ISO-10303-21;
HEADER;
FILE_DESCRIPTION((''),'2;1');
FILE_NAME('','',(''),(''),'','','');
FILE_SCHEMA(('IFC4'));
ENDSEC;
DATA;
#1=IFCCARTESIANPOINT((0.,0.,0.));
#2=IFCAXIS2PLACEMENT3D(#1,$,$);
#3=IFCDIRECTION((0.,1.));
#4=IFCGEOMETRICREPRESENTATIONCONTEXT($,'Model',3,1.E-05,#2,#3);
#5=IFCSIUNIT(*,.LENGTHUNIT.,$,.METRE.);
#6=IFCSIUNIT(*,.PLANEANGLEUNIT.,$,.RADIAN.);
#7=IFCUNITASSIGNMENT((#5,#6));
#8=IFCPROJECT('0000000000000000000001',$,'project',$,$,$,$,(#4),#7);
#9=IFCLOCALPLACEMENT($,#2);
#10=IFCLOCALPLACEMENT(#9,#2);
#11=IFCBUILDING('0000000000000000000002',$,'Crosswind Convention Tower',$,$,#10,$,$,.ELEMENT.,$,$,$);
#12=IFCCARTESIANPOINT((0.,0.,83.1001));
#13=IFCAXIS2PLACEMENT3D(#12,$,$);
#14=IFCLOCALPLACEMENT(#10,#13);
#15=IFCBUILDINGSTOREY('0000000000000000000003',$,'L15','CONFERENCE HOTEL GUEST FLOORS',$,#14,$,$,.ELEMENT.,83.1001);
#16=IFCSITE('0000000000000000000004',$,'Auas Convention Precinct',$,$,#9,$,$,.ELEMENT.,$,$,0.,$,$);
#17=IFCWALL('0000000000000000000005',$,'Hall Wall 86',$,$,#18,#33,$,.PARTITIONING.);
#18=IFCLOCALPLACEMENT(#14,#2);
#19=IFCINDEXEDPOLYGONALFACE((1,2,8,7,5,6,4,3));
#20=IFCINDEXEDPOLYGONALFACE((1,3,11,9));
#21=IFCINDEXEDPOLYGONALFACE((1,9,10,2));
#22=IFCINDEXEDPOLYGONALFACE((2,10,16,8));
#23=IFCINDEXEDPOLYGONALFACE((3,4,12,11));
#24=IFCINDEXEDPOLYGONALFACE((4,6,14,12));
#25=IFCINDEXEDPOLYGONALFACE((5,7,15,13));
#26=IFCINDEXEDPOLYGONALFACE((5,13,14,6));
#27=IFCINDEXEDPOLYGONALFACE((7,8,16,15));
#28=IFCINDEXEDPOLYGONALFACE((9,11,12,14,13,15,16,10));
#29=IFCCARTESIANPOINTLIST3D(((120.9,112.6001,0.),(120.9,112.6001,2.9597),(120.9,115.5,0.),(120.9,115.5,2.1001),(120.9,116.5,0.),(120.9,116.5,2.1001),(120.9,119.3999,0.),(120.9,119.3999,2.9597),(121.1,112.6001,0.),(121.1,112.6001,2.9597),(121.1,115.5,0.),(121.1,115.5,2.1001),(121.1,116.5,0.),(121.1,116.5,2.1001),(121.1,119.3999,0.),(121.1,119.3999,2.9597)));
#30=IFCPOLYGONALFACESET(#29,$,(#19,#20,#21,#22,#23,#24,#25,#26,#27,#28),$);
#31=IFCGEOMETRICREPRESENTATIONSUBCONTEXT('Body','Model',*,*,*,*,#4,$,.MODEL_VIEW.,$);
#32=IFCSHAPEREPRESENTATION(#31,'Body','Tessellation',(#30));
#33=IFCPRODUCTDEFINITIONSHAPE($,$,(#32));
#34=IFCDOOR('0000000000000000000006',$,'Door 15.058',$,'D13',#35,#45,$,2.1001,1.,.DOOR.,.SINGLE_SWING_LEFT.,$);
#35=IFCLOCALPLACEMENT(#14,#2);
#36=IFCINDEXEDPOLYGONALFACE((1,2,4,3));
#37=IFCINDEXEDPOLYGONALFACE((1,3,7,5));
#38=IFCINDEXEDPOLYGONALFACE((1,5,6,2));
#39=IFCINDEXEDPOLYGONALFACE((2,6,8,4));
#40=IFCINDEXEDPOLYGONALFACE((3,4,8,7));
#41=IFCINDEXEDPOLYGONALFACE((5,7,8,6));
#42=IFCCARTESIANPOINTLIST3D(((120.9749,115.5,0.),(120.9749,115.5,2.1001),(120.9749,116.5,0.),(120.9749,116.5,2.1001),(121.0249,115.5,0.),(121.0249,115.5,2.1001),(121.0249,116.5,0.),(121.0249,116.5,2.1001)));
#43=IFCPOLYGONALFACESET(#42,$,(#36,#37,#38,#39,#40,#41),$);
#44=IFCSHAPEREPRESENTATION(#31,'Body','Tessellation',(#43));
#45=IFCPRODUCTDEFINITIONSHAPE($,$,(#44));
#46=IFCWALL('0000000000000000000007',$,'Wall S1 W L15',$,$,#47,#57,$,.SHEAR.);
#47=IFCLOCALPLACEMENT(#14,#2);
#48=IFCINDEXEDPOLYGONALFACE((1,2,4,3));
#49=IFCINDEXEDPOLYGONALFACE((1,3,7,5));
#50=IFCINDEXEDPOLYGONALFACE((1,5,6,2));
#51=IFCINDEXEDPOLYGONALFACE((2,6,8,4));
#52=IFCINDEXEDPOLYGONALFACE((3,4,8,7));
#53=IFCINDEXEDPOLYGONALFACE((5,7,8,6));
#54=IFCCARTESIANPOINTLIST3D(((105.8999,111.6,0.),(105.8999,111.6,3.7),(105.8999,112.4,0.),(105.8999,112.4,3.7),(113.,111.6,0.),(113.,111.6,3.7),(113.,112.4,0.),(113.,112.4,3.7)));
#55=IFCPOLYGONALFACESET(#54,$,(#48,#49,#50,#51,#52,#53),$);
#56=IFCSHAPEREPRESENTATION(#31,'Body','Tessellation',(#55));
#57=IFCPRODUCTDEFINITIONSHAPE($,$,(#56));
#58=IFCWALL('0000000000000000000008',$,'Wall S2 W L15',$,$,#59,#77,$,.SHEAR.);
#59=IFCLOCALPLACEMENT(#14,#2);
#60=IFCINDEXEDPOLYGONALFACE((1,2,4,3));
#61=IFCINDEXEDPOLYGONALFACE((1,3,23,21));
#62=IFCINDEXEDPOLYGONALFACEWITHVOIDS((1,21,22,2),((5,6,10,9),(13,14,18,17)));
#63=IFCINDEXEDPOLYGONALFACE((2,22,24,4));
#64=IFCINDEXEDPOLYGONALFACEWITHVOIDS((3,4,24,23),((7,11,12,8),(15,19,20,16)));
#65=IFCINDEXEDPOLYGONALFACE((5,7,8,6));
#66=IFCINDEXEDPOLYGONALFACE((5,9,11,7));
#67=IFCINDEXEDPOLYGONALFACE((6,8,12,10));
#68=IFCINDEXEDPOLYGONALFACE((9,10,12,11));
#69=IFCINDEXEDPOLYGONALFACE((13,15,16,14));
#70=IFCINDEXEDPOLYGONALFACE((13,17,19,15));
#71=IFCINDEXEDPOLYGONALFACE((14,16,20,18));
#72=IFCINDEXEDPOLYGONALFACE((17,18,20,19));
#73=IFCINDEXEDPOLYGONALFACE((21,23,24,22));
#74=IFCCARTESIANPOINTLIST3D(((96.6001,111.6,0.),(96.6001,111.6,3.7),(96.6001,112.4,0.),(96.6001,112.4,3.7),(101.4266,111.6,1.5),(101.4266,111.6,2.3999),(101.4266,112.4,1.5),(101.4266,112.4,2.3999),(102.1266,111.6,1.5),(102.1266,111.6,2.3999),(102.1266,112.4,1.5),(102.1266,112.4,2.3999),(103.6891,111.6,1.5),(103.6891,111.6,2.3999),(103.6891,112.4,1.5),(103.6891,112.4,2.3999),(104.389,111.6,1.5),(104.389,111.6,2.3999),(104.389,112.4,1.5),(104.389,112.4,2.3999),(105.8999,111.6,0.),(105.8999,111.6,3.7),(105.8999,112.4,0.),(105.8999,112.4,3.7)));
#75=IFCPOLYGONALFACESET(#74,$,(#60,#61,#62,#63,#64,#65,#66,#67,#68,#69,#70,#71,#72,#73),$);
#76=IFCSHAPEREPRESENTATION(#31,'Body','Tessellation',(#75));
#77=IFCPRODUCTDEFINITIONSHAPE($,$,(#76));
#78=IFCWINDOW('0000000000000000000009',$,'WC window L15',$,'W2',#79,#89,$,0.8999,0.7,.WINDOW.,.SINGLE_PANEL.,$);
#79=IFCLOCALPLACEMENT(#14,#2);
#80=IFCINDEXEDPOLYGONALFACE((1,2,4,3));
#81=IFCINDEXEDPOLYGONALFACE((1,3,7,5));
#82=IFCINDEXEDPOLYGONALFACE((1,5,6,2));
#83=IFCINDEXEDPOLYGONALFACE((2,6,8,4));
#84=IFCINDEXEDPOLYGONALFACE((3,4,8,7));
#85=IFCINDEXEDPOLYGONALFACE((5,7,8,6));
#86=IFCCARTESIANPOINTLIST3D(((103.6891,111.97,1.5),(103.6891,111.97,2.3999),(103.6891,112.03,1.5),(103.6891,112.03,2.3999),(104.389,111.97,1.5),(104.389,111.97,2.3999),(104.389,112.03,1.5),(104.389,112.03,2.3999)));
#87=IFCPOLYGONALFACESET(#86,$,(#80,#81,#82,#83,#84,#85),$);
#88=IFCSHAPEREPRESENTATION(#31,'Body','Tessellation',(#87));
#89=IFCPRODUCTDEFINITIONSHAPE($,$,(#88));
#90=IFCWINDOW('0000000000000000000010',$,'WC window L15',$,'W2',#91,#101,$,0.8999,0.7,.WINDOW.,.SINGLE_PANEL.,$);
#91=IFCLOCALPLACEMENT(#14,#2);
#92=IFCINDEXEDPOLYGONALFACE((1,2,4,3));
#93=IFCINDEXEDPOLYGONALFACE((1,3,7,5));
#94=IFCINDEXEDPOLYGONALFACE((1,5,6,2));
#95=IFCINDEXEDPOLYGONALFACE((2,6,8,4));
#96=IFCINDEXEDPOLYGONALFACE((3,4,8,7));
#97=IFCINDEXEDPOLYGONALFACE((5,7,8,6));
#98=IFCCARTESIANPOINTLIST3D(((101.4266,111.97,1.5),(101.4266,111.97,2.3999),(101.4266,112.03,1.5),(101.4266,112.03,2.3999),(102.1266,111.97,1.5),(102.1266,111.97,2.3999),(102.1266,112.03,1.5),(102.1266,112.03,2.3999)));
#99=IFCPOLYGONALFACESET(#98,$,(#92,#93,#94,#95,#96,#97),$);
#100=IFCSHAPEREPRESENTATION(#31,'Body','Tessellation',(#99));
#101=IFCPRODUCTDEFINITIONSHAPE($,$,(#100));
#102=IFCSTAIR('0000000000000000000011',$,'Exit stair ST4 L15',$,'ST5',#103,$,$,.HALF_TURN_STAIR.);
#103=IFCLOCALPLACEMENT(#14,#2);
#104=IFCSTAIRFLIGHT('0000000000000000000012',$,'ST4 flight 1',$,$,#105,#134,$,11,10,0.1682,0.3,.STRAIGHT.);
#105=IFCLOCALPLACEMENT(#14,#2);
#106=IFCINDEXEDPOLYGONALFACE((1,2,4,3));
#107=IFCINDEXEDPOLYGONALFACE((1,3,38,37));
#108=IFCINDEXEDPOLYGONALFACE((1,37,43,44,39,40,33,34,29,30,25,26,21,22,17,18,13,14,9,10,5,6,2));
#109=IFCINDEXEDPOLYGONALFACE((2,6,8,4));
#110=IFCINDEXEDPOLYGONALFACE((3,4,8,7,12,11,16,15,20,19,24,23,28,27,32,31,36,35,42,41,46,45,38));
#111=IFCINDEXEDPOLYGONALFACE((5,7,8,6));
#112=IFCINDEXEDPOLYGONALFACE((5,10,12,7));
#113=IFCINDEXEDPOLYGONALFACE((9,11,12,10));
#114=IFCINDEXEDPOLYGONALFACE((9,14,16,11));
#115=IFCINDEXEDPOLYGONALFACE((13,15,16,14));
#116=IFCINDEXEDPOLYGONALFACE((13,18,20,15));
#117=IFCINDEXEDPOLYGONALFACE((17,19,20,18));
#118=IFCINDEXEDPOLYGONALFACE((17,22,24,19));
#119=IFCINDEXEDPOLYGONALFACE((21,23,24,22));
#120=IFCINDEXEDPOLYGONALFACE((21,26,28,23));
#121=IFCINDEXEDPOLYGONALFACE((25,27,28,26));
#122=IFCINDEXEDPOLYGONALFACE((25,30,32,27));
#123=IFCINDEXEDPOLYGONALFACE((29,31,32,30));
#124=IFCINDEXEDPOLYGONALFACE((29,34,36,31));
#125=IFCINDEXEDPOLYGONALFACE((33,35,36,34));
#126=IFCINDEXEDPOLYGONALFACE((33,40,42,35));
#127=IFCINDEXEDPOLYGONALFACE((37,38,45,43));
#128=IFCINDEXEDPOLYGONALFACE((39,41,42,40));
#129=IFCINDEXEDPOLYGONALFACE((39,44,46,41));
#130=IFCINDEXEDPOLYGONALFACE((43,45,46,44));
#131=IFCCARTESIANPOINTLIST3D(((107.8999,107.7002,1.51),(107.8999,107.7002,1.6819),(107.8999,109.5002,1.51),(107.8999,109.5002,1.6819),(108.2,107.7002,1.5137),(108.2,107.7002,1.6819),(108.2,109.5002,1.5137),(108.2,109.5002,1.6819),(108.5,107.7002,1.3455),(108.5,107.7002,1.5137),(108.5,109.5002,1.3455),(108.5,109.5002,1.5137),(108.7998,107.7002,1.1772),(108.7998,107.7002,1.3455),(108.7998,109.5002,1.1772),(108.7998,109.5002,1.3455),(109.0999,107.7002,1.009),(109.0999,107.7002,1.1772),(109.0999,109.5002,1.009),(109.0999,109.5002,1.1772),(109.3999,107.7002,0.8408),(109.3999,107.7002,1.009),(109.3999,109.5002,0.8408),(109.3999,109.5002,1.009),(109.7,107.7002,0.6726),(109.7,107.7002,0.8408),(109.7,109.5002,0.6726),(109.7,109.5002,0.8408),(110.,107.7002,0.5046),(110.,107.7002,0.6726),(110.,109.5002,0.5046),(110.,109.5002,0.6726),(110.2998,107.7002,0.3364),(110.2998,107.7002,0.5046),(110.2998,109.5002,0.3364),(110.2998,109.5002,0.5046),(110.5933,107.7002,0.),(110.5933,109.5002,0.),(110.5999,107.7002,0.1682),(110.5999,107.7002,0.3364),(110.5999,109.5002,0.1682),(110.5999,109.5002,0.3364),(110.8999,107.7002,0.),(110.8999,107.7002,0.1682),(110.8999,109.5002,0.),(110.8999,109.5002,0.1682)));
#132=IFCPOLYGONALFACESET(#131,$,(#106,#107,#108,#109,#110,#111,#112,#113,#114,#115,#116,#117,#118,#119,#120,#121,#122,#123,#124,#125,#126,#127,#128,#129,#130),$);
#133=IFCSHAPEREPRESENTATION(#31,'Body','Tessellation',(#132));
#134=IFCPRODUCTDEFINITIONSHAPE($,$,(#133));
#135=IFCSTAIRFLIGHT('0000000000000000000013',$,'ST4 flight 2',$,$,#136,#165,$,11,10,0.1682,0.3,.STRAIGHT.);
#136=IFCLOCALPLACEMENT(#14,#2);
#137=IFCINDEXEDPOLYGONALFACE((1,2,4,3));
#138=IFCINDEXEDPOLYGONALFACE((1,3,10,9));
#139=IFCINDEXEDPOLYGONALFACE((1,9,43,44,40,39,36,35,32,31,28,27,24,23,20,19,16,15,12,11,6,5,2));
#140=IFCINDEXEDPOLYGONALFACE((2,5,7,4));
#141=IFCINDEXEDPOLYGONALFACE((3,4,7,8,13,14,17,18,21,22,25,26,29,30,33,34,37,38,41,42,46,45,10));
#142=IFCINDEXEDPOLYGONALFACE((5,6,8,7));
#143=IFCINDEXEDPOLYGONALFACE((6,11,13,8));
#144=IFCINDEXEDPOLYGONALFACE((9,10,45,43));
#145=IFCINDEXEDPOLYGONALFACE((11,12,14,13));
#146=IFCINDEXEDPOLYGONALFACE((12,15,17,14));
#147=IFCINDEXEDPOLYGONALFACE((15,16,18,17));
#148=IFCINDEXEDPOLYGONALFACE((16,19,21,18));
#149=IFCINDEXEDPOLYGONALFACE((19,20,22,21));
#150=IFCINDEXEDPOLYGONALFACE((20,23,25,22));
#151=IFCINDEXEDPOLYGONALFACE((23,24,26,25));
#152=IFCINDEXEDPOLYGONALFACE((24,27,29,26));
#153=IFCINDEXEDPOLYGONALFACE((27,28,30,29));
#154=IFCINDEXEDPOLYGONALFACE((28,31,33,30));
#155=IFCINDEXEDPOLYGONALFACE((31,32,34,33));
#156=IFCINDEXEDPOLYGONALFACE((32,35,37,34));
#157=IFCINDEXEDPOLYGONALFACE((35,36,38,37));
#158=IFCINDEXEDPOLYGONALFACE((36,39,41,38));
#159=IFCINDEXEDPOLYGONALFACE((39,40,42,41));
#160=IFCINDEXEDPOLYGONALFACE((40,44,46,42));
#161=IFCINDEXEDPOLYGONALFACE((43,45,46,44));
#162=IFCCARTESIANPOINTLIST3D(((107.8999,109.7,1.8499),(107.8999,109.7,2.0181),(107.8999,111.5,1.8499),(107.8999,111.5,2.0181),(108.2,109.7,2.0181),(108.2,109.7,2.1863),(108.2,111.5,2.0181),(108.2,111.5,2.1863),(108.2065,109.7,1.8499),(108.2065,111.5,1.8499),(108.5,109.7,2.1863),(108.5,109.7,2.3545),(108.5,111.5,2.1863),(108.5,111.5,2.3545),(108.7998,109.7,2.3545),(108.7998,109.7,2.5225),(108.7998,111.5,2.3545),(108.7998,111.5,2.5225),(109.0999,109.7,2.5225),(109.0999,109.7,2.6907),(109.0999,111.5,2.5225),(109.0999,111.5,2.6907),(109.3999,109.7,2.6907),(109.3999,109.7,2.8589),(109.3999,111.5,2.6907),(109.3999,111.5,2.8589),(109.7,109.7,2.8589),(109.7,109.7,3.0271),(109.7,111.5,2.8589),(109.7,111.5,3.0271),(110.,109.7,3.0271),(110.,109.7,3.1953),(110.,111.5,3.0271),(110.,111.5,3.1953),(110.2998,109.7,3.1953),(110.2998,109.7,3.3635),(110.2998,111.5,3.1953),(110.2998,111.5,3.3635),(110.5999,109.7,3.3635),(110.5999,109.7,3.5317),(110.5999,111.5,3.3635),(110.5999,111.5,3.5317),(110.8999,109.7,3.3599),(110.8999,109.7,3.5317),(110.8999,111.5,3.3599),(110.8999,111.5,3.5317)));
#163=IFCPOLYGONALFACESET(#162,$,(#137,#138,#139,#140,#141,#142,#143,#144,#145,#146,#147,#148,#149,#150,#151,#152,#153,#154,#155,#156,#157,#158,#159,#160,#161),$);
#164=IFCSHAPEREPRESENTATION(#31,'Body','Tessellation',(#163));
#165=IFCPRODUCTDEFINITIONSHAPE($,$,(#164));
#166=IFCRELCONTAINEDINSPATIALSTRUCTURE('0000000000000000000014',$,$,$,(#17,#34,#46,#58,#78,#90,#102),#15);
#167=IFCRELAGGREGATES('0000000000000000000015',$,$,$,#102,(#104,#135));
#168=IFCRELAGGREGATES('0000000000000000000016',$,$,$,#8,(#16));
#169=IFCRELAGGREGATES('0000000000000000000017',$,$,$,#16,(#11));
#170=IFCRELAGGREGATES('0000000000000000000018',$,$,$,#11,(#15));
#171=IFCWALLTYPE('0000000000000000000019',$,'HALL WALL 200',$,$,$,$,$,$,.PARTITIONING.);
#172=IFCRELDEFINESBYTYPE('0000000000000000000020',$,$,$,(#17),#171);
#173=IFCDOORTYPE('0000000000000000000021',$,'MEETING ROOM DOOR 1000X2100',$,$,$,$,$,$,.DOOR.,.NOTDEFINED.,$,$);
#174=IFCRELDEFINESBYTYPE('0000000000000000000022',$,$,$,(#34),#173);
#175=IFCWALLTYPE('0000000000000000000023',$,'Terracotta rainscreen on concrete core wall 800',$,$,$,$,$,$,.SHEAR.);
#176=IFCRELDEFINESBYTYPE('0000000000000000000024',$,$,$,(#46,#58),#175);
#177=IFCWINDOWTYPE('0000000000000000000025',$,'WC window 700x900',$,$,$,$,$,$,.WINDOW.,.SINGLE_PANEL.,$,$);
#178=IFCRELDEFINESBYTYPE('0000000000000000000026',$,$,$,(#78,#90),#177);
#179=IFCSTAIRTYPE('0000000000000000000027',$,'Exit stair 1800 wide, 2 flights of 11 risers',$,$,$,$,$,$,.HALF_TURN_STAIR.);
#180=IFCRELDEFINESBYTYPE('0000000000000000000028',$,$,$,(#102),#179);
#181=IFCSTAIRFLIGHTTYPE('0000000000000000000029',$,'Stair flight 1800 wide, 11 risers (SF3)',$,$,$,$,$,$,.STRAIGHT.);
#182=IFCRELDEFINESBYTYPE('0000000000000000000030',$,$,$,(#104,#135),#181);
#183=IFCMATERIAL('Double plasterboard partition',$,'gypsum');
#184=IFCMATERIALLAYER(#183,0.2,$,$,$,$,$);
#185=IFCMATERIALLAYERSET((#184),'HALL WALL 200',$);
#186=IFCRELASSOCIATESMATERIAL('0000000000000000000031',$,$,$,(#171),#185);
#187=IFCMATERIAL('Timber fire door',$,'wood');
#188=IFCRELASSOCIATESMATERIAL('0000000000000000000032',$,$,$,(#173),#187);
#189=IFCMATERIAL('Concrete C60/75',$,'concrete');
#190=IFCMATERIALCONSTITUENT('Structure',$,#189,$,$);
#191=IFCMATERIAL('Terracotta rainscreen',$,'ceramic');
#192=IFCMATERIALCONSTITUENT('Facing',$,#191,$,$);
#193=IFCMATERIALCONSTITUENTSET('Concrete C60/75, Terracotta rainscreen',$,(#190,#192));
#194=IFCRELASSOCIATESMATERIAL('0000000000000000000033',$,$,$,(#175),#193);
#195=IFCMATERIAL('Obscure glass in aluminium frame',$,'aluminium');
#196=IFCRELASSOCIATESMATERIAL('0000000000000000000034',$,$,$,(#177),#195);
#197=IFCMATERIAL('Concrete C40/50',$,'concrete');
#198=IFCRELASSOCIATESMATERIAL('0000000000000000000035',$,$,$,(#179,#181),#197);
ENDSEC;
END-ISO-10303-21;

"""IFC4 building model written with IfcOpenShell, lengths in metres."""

from ifc_helpers import new_model, si_unit, direction, frame, frame_2d, origin, place, context, subcontext, project, spatial, polyline, rectangle, outline, extrude, material, layer, layer_set, constituent, constituent_set, type_object, element, fill, aggregate, save


model = new_model("IFC4")

# Units and contexts
model_context = context("Model", 3, precision=1e-05, world=origin(), true_north=direction((0.0, 1.0)))
body_context = subcontext(model_context, "Body", "Model", "MODEL_VIEW")
ifc_project = project(units=[si_unit("LENGTHUNIT", "METRE"), si_unit("PLANEANGLEUNIT", "RADIAN")], contexts=[model_context])

# Site, building, storey
site_placement = place(None, origin())
site = spatial("IfcSite", under=ifc_project, at=site_placement, Name="Auas Convention Precinct", CompositionType="ELEMENT", RefElevation=0.0)
building_placement = place(site_placement, origin())
building = spatial("IfcBuilding", under=site, at=building_placement, Name="Crosswind Convention Tower", CompositionType="ELEMENT")
storey_placement = place(building_placement, frame((0.0, 0.0, 83.1001)))
storey = spatial("IfcBuildingStorey", under=building, at=storey_placement, Name="L15", Description="CONFERENCE HOTEL GUEST FLOORS", CompositionType="ELEMENT", Elevation=83.1001)

# Wall, opening, door
ifc_material_1 = material(Name="Timber fire door", Category="wood")
ifc_material_2 = material(Name="Double plasterboard partition", Category="gypsum")
ifc_layer_1 = layer(ifc_material_2, 0.2)
ifc_layer_set_1 = layer_set([ifc_layer_1], Name="HALL WALL 200")
wall_type_1 = type_object("IfcWallType", Name="HALL WALL 200", PredefinedType="PARTITIONING", material=ifc_layer_set_1)
wall_1_placement = place(storey_placement, frame((121.0, 112.6001, 0.0), z_axis=(0.0, 0.0, 1.0), x_axis=(0.0, 1.0, 0.0)))
wall_1 = element("IfcWall", 1, at=wall_1_placement, inside=storey, type_object=wall_type_1, Name="Hall Wall 86", PredefinedType="PARTITIONING", context=body_context, shape_type="SweptSolid", body=[
    extrude(rectangle(XDim=6.7998, YDim=0.2, at=frame_2d((3.3999, 0.0))), origin(), (0.0, 0.0, 1.0), 2.9597),
])
opening_1_placement = place(wall_1_placement, frame((2.8999, 0.0, 0.0)))
opening_1 = element("IfcOpeningElement", 2, at=opening_1_placement, cuts=wall_1, PredefinedType="OPENING", context=body_context, shape_type="SweptSolid", body=[
    extrude(rectangle(XDim=1.0, YDim=2.1001, at=frame_2d((0.5, 1.05))), frame((0.0, 0.1099, 0.0), z_axis=(0.0, -1.0, 0.0), x_axis=(1.0, 0.0, 0.0)), (0.0, 0.0, 1.0), 0.22),
])
door_type_1 = type_object("IfcDoorType", Name="MEETING ROOM DOOR 1000X2100", OperationType="NOTDEFINED", PredefinedType="DOOR", material=ifc_material_1)
door_1_placement = place(opening_1_placement, frame((1.0, 0.0, 0.0), z_axis=(0.0, 0.0, 1.0), x_axis=(-1.0, 0.0, 0.0)))
door_1 = element("IfcDoor", 3, at=door_1_placement, inside=storey, type_object=door_type_1, Name="Door 15.058", ObjectType="D13", OperationType="SINGLE_SWING_LEFT", OverallHeight=2.1001, OverallWidth=1.0, PredefinedType="DOOR", context=body_context, shape_type="SweptSolid", body=[
    extrude(rectangle(XDim=1.0, YDim=2.1001, at=frame_2d((0.5, 1.05))), frame((0.0, 0.0249, 0.0), z_axis=(0.0, -1.0, 0.0), x_axis=(1.0, 0.0, 0.0)), (0.0, 0.0, 1.0), 0.05),
])
fill(opening_1, door_1)

# Wall
ifc_material_3 = material(Name="Concrete C60/75", Category="concrete")
ifc_constituent_1 = constituent(ifc_material_3, Name="Structure")
ifc_material_4 = material(Name="Terracotta rainscreen", Category="ceramic")
ifc_constituent_2 = constituent(ifc_material_4, Name="Facing")
ifc_constituent_set = constituent_set(constituents=[ifc_constituent_1, ifc_constituent_2], Name="Concrete C60/75, Terracotta rainscreen")
wall_type_2 = type_object("IfcWallType", Name="Terracotta rainscreen on concrete core wall 800", PredefinedType="SHEAR", material=ifc_constituent_set)
wall_2_placement = place(storey_placement, frame((113.0, 112.0, 0.0), z_axis=(0.0, 0.0, 1.0), x_axis=(-1.0, 0.0, 0.0)))
element("IfcWall", 4, at=wall_2_placement, inside=storey, type_object=wall_type_2, Name="Wall S1 W L15", PredefinedType="SHEAR", context=body_context, shape_type="SweptSolid", body=[
    extrude(rectangle(XDim=7.1001, YDim=0.8, at=frame_2d((3.55, 0.0))), origin(), (0.0, 0.0, 1.0), 3.7),
])

# Wall, openings, windows
wall_3_placement = place(storey_placement, frame((105.8999, 112.0, 0.0), z_axis=(0.0, 0.0, 1.0), x_axis=(-1.0, 0.0, 0.0)))
wall_3 = element("IfcWall", 5, at=wall_3_placement, inside=storey, type_object=wall_type_2, Name="Wall S2 W L15", PredefinedType="SHEAR", context=body_context, shape_type="SweptSolid", body=[
    extrude(rectangle(XDim=9.2998, YDim=0.8, at=frame_2d((4.6499, 0.0))), origin(), (0.0, 0.0, 1.0), 3.7),
])
opening_2_placement = place(wall_3_placement, frame((1.5107, 0.0, 1.5)))
opening_2 = element("IfcOpeningElement", 6, at=opening_2_placement, cuts=wall_3, PredefinedType="OPENING", context=body_context, shape_type="SweptSolid", body=[
    extrude(rectangle(XDim=0.7, YDim=0.8999, at=frame_2d((0.3501, 0.45))), frame((0.0, 0.4099, 0.0), z_axis=(0.0, -1.0, 0.0), x_axis=(1.0, 0.0, 0.0)), (0.0, 0.0, 1.0), 0.8201),
])
opening_3_placement = place(wall_3_placement, frame((3.7732, 0.0, 1.5)))
opening_3 = element("IfcOpeningElement", 7, at=opening_3_placement, cuts=wall_3, PredefinedType="OPENING", context=body_context, shape_type="SweptSolid", body=[
    extrude(rectangle(XDim=0.7, YDim=0.8999, at=frame_2d((0.3501, 0.45))), frame((0.0, 0.4099, 0.0), z_axis=(0.0, -1.0, 0.0), x_axis=(1.0, 0.0, 0.0)), (0.0, 0.0, 1.0), 0.8201),
])
ifc_material_5 = material(Name="Obscure glass in aluminium frame", Category="aluminium")
window_type = type_object("IfcWindowType", Name="WC window 700x900", PartitioningType="SINGLE_PANEL", PredefinedType="WINDOW", material=ifc_material_5)
window_1_placement = place(opening_2_placement, origin())
window_1 = element("IfcWindow", 8, at=window_1_placement, inside=storey, type_object=window_type, Name="WC window L15", ObjectType="W2", OverallHeight=0.8999, OverallWidth=0.7, PartitioningType="SINGLE_PANEL", PredefinedType="WINDOW", context=body_context, shape_type="SweptSolid", body=[
    extrude(rectangle(XDim=0.7, YDim=0.8999, at=frame_2d((0.3501, 0.45))), frame((0.0, 0.03, 0.0), z_axis=(0.0, -1.0, 0.0), x_axis=(1.0, 0.0, 0.0)), (0.0, 0.0, 1.0), 0.0601),
])
fill(opening_2, window_1)
window_2_placement = place(opening_3_placement, origin())
window_2 = element("IfcWindow", 9, at=window_2_placement, inside=storey, type_object=window_type, Name="WC window L15", ObjectType="W2", OverallHeight=0.8999, OverallWidth=0.7, PartitioningType="SINGLE_PANEL", PredefinedType="WINDOW", context=body_context, shape_type="SweptSolid", body=[
    extrude(rectangle(XDim=0.7, YDim=0.8999, at=frame_2d((0.3501, 0.45))), frame((0.0, 0.03, 0.0), z_axis=(0.0, -1.0, 0.0), x_axis=(1.0, 0.0, 0.0)), (0.0, 0.0, 1.0), 0.0601),
])
fill(opening_3, window_2)

# Stair, stair flights
ifc_material_6 = material(Name="Concrete C40/50", Category="concrete")
stair_type = type_object("IfcStairType", Name="Exit stair 1800 wide, 2 flights of 11 risers", PredefinedType="HALF_TURN_STAIR", material=ifc_material_6)
stair_placement = place(storey_placement, origin())
stair = element("IfcStair", 10, at=stair_placement, inside=storey, type_object=stair_type, Name="Exit stair ST4 L15", ObjectType="ST5", PredefinedType="HALF_TURN_STAIR")
stair_flight_type = type_object("IfcStairFlightType", Name="Stair flight 1800 wide, 11 risers (SF3)", PredefinedType="STRAIGHT", material=ifc_material_6)
stair_flight_1_placement = place(storey_placement, frame((110.8999, 108.6001, 0.0), z_axis=(0.0, 0.0, 1.0), x_axis=(-1.0, 0.0, 0.0)))
stair_flight_1 = element("IfcStairFlight", 11, at=stair_flight_1_placement, type_object=stair_flight_type, Name="ST4 flight 1", NumberOfRisers=11, NumberOfTreads=10, PredefinedType="STRAIGHT", RiserHeight=0.1682, TreadLength=0.3, context=body_context, shape_type="SweptSolid", body=[
    extrude(outline(polyline([(0.0, 0.0), (0.0, 0.1682), (0.3, 0.1682), (0.3, 0.3364), (0.6001, 0.3364), (0.6001, 0.5046), (0.8999, 0.5046), (0.8999, 0.6726), (1.2, 0.6726), (1.2, 0.8408), (1.5, 0.8408), (1.5, 1.009), (1.8, 1.009), (1.8, 1.1772), (2.1001, 1.1772), (2.1001, 1.3455), (2.3999, 1.3455), (2.3999, 1.5137), (2.7, 1.5137), (2.7, 1.6819), (3.0, 1.6819), (3.0, 1.8501), (3.0, 1.51), (0.3066, 0.0), (0.0, 0.0)])), frame((0.0, 0.8999, 0.0), z_axis=(0.0, -1.0, 0.0), x_axis=(1.0, 0.0, 0.0)), (0.0, 0.0, 1.0), 1.8),
])
stair_flight_2_placement = place(storey_placement, frame((107.8999, 110.6001, 1.8499), z_axis=(0.0, 0.0, 1.0), x_axis=(1.0, 0.0, 0.0)))
stair_flight_2 = element("IfcStairFlight", 12, at=stair_flight_2_placement, type_object=stair_flight_type, Name="ST4 flight 2", NumberOfRisers=11, NumberOfTreads=10, PredefinedType="STRAIGHT", RiserHeight=0.1682, TreadLength=0.3, context=body_context, shape_type="SweptSolid", body=[
    extrude(outline(polyline([(0.0, 0.0), (0.0, 0.1682), (0.3, 0.1682), (0.3, 0.3364), (0.6001, 0.3364), (0.6001, 0.5046), (0.8999, 0.5046), (0.8999, 0.6726), (1.2, 0.6726), (1.2, 0.8408), (1.5, 0.8408), (1.5, 1.009), (1.8, 1.009), (1.8, 1.1772), (2.1001, 1.1772), (2.1001, 1.3455), (2.3999, 1.3455), (2.3999, 1.5137), (2.7, 1.5137), (2.7, 1.6819), (3.0, 1.6819), (3.0, 1.8501), (3.0, 1.51), (0.3066, 0.0), (0.0, 0.0)])), frame((0.0, 0.8999, 0.0), z_axis=(0.0, -1.0, 0.0), x_axis=(1.0, 0.0, 0.0)), (0.0, 0.0, 1.0), 1.8),
])
aggregate(stair, [stair_flight_1, stair_flight_2])

save(model, "model.ifc")
